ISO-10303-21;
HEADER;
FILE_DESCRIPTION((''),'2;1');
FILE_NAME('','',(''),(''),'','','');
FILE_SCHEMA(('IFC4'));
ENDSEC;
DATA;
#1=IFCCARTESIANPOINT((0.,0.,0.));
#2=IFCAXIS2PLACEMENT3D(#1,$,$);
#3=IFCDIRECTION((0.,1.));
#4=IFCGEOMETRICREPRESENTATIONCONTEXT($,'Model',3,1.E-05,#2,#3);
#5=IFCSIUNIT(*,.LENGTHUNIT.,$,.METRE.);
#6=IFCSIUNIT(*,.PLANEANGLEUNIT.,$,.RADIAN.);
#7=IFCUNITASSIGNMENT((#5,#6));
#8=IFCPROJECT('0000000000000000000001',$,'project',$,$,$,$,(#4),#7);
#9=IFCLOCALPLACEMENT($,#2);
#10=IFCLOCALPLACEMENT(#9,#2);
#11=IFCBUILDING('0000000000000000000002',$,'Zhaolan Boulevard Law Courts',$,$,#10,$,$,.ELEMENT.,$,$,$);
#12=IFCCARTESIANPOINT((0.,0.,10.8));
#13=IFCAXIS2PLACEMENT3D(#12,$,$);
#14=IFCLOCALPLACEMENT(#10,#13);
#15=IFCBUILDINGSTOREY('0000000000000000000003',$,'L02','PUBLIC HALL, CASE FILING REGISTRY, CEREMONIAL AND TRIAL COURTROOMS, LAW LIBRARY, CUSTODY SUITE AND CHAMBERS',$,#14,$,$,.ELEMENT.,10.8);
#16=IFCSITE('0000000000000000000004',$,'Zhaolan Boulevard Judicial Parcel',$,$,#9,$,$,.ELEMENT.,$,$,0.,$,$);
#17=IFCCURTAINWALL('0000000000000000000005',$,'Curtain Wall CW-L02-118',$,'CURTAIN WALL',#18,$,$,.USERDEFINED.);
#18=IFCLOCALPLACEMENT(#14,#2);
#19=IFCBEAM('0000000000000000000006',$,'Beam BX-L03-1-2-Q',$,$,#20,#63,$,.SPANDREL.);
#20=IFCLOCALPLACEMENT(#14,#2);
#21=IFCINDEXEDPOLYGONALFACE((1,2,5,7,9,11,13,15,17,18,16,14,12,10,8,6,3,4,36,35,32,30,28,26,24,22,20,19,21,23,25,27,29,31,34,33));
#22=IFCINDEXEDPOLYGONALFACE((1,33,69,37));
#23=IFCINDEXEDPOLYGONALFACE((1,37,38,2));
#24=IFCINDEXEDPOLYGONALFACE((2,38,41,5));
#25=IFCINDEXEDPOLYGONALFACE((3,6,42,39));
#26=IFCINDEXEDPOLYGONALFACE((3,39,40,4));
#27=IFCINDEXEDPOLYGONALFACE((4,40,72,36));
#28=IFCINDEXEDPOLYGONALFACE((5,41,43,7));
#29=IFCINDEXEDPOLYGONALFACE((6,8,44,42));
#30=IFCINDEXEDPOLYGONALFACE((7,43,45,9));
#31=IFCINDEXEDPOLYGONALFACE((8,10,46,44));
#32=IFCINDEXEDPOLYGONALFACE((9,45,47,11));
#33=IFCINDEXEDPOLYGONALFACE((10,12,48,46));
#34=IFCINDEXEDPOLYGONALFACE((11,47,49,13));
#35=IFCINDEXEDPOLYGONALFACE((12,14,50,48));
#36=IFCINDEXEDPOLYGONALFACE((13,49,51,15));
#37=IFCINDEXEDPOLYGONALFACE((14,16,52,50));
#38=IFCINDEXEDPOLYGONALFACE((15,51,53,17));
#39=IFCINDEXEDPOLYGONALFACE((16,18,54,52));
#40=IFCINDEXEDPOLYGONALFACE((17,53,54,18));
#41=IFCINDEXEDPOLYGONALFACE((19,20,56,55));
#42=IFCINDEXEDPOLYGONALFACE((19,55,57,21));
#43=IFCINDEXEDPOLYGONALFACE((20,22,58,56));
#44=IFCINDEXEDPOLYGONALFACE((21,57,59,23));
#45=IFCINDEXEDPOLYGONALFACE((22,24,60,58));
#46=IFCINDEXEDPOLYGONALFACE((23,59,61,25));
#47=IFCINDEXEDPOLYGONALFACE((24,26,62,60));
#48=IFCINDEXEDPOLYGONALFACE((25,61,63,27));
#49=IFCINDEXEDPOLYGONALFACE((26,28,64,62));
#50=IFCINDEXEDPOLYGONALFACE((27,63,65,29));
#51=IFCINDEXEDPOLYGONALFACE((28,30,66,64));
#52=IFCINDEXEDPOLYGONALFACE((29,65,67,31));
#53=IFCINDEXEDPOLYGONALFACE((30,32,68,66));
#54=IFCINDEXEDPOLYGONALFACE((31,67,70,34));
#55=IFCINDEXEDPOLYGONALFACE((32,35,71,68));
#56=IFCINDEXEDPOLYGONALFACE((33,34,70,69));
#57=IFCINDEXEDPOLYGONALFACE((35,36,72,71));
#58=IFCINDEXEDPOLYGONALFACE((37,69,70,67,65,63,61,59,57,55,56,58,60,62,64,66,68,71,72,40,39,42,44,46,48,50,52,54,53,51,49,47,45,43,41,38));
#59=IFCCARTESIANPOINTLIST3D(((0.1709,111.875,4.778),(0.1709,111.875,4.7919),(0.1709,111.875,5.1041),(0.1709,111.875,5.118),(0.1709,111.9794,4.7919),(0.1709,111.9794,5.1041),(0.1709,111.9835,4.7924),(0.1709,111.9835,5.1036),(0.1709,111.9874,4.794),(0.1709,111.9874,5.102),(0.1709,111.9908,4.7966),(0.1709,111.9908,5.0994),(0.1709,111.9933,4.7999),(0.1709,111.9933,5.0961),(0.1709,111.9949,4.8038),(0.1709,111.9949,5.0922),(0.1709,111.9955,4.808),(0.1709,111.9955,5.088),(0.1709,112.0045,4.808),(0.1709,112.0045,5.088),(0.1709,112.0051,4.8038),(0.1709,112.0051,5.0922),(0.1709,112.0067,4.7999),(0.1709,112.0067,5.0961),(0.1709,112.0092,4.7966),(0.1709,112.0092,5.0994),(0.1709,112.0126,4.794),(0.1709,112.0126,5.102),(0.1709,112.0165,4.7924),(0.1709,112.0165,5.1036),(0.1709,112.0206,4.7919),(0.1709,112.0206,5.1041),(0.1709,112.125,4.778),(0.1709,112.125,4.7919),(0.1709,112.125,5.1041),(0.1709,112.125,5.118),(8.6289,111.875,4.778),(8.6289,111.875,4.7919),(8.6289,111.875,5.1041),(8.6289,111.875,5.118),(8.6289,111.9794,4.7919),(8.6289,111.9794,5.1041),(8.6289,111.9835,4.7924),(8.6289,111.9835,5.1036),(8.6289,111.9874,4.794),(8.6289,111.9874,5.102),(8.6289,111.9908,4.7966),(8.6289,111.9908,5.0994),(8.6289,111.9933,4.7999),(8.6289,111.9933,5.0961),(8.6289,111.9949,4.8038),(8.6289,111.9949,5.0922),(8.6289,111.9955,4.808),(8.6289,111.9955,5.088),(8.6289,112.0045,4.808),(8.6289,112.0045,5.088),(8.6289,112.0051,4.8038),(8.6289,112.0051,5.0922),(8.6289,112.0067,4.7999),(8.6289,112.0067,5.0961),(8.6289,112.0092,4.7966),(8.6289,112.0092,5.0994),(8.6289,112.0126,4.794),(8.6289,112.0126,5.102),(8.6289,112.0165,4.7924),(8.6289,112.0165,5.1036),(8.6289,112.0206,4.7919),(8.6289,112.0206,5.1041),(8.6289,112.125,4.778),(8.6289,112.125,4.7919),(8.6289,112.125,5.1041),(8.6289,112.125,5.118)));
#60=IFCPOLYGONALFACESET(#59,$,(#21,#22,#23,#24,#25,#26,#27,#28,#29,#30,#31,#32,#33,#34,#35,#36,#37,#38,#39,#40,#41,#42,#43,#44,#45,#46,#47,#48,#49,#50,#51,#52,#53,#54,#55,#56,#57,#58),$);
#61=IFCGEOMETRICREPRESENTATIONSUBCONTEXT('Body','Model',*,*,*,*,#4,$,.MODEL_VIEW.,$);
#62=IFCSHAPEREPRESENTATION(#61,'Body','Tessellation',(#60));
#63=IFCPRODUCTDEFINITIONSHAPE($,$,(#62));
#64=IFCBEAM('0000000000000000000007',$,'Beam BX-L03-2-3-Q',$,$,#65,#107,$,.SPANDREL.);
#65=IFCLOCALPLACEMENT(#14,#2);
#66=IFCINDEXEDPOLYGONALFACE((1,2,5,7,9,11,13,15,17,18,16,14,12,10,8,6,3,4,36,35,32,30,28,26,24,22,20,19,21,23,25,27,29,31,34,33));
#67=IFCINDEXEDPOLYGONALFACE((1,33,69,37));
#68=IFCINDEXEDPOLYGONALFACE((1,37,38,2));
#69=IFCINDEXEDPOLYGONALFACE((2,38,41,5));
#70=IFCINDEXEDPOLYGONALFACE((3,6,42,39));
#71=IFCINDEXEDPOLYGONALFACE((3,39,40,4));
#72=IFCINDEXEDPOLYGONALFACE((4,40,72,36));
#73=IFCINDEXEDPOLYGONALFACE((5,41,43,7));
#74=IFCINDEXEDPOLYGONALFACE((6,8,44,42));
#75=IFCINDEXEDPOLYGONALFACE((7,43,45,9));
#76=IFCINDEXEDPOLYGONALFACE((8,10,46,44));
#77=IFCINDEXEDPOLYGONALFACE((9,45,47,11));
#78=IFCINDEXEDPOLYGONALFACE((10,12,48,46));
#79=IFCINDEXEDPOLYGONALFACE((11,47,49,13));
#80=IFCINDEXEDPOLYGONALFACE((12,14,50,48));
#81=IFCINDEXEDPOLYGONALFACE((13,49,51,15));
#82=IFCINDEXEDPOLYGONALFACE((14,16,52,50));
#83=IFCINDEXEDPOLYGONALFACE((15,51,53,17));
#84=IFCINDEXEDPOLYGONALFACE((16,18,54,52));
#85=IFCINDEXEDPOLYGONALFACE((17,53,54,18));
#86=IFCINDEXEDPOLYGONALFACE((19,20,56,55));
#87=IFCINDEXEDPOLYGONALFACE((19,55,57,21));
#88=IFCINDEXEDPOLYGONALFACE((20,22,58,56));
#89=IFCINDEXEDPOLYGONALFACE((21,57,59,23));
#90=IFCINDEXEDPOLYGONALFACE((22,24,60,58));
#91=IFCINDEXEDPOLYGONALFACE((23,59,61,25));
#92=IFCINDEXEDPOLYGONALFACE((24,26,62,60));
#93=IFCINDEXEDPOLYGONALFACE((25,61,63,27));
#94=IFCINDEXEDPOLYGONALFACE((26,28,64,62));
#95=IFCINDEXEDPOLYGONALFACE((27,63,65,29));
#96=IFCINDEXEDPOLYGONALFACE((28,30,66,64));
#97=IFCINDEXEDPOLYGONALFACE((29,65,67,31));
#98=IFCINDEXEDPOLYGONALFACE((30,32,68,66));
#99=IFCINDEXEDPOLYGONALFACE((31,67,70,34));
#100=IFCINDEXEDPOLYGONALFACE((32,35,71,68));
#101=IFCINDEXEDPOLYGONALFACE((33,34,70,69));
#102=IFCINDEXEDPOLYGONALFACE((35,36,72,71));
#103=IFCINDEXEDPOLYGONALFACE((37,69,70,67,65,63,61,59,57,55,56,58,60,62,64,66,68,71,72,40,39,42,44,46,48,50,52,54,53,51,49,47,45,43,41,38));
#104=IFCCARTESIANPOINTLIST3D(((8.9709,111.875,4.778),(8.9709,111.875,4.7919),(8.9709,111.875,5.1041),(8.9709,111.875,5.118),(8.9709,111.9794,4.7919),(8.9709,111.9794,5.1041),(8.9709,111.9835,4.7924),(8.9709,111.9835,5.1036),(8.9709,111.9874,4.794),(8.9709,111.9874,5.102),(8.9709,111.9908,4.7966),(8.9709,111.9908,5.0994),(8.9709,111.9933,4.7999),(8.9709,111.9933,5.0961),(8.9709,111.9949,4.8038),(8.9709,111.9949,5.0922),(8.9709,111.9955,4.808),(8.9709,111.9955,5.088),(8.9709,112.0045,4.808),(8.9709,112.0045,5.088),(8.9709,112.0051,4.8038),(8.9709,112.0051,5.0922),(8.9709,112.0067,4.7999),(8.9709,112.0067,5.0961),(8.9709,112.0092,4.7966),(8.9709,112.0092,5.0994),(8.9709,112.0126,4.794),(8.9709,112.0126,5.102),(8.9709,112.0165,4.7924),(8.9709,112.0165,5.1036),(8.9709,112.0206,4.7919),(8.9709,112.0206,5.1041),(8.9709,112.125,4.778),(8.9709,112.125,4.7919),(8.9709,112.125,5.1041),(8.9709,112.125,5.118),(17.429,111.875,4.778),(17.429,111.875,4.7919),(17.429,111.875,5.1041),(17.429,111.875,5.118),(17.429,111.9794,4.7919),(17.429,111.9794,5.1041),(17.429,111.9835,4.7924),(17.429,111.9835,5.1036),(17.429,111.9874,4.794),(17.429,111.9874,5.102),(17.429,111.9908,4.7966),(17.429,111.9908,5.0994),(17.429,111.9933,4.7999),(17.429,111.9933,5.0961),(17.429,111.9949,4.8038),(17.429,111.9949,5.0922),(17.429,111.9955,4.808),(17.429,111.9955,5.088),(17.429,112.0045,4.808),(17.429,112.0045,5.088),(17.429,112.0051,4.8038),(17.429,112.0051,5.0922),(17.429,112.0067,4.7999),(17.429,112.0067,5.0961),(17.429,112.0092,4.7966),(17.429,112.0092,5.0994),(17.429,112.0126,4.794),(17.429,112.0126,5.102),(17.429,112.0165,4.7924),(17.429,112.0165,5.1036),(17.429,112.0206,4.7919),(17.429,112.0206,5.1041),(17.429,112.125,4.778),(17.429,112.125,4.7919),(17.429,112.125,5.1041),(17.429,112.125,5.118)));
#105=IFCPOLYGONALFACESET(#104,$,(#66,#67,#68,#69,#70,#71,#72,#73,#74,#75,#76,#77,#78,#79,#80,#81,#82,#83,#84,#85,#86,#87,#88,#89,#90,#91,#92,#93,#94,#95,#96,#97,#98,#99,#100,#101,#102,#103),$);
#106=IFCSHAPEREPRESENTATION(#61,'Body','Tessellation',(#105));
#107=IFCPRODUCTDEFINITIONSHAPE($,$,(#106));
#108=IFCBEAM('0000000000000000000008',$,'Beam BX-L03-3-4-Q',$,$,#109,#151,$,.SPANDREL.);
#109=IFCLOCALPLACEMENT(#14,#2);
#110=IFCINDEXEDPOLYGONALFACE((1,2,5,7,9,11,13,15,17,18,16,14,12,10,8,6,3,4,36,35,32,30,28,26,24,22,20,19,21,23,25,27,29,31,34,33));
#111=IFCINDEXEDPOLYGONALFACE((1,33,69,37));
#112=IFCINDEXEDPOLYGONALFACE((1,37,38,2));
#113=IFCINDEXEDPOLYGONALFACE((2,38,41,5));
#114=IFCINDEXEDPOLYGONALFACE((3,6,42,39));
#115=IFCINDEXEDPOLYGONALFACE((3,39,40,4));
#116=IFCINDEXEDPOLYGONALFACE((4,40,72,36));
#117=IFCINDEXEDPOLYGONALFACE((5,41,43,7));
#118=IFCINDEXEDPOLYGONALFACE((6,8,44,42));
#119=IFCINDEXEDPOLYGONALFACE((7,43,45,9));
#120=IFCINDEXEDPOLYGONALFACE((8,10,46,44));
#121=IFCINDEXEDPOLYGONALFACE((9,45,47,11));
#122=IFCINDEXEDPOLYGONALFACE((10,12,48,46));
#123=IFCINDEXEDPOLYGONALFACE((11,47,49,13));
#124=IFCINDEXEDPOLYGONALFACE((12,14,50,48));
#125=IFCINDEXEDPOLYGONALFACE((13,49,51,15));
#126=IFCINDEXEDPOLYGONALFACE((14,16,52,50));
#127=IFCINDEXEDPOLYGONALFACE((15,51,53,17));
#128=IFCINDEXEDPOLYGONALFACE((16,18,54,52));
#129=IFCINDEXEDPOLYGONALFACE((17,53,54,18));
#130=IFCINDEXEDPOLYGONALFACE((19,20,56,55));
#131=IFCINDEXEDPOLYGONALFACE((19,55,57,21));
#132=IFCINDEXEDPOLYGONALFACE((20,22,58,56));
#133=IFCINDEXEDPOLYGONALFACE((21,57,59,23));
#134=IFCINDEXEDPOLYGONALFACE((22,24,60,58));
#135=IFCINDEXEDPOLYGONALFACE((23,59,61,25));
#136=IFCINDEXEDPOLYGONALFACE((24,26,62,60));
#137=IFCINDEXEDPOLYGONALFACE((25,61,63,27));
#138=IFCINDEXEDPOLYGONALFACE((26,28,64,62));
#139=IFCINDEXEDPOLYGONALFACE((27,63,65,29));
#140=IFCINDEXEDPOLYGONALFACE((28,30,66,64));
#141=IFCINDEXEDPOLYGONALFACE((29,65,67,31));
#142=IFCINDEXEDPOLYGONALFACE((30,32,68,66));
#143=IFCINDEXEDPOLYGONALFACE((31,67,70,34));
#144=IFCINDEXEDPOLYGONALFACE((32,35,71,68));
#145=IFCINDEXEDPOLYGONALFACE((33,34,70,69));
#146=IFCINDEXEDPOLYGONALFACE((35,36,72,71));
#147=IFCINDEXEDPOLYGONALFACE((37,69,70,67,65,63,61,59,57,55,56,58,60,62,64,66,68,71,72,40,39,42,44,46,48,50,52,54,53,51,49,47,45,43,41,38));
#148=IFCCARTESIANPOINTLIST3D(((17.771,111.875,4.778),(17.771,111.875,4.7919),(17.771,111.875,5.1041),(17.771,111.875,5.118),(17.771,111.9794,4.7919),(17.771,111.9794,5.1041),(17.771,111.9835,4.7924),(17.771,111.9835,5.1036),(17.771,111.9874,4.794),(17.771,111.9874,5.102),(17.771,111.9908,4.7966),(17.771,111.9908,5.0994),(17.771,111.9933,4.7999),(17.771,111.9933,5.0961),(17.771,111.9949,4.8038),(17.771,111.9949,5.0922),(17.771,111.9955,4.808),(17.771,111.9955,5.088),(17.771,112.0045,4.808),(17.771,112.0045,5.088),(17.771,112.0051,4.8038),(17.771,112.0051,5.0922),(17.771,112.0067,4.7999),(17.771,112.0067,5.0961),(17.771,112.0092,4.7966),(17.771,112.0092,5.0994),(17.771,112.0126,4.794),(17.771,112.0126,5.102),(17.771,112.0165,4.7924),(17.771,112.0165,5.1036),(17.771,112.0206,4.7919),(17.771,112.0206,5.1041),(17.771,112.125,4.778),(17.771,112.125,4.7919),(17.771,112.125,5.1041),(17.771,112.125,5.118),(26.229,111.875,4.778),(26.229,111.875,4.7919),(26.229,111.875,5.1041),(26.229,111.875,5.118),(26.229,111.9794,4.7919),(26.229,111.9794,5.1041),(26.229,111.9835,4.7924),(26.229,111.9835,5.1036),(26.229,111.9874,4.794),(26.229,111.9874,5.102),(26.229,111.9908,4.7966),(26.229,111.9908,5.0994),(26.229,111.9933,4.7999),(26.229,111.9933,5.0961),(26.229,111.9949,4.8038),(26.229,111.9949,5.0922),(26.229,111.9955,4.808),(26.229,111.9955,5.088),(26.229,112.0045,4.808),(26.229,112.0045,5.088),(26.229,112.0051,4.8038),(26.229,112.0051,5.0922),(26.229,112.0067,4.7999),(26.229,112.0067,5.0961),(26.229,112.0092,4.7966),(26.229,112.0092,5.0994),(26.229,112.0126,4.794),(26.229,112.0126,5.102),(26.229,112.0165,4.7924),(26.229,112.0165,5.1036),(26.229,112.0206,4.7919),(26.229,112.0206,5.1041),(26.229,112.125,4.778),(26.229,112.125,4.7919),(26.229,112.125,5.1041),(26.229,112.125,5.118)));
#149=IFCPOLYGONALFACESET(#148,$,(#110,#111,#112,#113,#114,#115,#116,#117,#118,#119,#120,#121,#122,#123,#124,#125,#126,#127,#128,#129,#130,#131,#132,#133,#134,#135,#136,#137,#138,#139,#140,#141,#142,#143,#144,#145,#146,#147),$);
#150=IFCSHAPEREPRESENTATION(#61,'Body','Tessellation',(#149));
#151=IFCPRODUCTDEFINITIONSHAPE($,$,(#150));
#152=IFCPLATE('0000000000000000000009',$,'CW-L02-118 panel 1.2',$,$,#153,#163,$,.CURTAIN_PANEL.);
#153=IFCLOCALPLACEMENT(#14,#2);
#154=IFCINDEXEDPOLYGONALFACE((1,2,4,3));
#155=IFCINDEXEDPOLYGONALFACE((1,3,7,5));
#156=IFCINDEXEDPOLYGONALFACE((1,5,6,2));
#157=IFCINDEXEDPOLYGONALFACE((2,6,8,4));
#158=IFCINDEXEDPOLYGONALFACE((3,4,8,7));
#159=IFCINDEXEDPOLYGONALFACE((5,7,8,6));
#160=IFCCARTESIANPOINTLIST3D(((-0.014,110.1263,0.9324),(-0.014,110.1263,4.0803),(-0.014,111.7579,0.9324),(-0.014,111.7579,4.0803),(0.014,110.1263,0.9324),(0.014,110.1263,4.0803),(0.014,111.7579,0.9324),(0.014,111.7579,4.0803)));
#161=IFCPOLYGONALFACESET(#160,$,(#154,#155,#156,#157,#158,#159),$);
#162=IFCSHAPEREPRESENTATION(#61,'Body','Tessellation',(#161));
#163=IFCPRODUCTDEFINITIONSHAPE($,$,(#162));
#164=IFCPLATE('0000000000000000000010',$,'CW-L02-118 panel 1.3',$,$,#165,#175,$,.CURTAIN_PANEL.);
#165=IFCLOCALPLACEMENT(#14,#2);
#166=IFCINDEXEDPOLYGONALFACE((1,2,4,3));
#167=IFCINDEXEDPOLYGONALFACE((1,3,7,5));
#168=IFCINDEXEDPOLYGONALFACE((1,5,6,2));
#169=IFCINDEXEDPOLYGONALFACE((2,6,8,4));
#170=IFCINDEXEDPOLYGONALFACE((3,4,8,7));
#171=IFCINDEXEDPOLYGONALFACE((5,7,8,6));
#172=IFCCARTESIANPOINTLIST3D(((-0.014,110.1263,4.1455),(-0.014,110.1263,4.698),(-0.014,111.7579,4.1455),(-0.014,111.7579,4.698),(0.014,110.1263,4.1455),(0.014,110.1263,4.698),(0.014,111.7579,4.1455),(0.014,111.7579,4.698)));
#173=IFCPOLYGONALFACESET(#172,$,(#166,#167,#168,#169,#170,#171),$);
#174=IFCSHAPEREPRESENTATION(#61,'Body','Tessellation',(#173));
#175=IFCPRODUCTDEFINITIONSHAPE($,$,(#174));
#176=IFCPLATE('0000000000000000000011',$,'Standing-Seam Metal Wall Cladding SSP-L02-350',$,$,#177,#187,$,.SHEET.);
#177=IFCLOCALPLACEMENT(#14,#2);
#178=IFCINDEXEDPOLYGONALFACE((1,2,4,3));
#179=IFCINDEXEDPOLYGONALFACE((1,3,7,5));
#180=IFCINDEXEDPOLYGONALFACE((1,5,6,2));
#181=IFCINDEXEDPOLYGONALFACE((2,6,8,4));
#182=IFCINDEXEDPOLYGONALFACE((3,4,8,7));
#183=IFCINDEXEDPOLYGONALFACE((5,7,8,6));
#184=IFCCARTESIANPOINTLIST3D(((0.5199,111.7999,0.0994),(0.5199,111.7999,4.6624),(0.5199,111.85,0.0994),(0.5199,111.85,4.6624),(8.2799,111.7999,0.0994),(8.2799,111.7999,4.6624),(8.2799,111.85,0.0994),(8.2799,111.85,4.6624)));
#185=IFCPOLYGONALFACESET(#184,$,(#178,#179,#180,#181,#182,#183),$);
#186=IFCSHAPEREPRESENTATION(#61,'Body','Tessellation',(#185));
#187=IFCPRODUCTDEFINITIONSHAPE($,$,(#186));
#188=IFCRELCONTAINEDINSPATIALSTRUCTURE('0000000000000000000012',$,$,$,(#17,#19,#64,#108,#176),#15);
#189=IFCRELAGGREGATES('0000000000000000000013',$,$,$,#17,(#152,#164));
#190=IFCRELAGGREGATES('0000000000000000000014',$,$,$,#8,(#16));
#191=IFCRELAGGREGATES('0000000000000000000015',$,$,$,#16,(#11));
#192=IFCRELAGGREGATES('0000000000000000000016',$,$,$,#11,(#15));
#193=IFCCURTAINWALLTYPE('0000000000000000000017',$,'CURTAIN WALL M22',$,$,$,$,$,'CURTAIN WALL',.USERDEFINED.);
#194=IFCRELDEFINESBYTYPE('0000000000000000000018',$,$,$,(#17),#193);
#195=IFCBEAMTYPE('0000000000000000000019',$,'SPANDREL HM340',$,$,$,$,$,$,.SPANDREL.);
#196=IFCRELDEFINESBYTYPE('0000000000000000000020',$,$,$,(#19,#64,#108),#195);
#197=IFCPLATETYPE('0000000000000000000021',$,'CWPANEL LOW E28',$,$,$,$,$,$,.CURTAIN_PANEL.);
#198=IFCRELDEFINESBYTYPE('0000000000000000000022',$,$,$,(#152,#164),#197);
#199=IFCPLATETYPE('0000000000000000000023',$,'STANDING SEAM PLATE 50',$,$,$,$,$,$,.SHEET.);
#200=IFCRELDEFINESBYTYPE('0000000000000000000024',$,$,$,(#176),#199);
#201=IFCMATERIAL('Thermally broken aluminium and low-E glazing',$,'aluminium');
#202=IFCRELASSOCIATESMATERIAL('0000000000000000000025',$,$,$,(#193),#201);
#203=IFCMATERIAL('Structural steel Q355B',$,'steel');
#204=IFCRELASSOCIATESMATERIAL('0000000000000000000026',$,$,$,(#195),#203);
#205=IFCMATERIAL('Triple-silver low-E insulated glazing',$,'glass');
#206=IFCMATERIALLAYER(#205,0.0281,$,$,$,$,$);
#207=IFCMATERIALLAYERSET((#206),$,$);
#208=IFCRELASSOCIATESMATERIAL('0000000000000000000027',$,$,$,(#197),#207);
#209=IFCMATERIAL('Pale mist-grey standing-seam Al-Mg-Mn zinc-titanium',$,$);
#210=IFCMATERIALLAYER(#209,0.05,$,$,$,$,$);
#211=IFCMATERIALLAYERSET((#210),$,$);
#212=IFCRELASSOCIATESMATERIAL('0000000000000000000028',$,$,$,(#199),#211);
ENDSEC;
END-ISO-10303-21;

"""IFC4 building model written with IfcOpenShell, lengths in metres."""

from ifc_helpers import new_model, si_unit, direction, frame, origin, origin_2d, place, context, subcontext, project, spatial, rectangle, i_section, extrude, material, layer, layer_set, material_profile, profile_set, type_object, element, aggregate, save


model = new_model("IFC4")

# Units and contexts
model_context = context("Model", 3, precision=1e-05, world=origin(), true_north=direction((0.0, 1.0)))
body_context = subcontext(model_context, "Body", "Model", "MODEL_VIEW")
ifc_project = project(units=[si_unit("LENGTHUNIT", "METRE"), si_unit("PLANEANGLEUNIT", "RADIAN")], contexts=[model_context])

# Site, building, storey
site_placement = place(None, origin())
site = spatial("IfcSite", under=ifc_project, at=site_placement, Name="Zhaolan Boulevard Judicial Parcel", CompositionType="ELEMENT", RefElevation=0.0)
building_placement = place(site_placement, origin())
building = spatial("IfcBuilding", under=site, at=building_placement, Name="Zhaolan Boulevard Law Courts", CompositionType="ELEMENT")
storey_placement = place(building_placement, frame((0.0, 0.0, 10.8)))
storey = spatial("IfcBuildingStorey", under=building, at=storey_placement, Name="L02", Description="PUBLIC HALL, CASE FILING REGISTRY, CEREMONIAL AND TRIAL COURTROOMS, LAW LIBRARY, CUSTODY SUITE AND CHAMBERS", CompositionType="ELEMENT", Elevation=10.8)

# Curtain wall
ifc_material_1 = material(Name="Thermally broken aluminium and low-E glazing", Category="aluminium")
curtain_wall_type = type_object("IfcCurtainWallType", Name="CURTAIN WALL M22", ElementType="CURTAIN WALL", PredefinedType="USERDEFINED", material=ifc_material_1)
curtain_wall_placement = place(storey_placement, origin())
curtain_wall = element("IfcCurtainWall", 1, at=curtain_wall_placement, inside=storey, type_object=curtain_wall_type, Name="Curtain Wall CW-L02-118", ObjectType="CURTAIN WALL", PredefinedType="USERDEFINED")

# Beams
ifc_material_2 = material(Name="Structural steel Q355B", Category="steel")
ifc_material_profile_1 = material_profile(ifc_material_2, i_section(OverallWidth=0.25, OverallDepth=0.3401, WebThickness=0.009, FlangeThickness=0.0139, FilletRadius=0.0161, at=origin_2d()), Name="HM340x250")
ifc_profile_set_1 = profile_set([ifc_material_profile_1], Name="Structural steel Q355B")
beam_type_1 = type_object("IfcBeamType", Name="SPANDREL HM340", PredefinedType="SPANDREL", material=ifc_profile_set_1)
for number, where, z_axis, x_axis, name in (
    (2, (0.1709, 112.0, 4.948), (1.0, 0.0, 0.0), (0.0, 1.0, 0.0), "Beam BX-L03-1-2-Q"),
    (3, (8.9709, 112.0, 4.948), (1.0, 0.0, 0.0), (0.0, 1.0, 0.0), "Beam BX-L03-2-3-Q"),
    (4, (17.771, 112.0, 4.948), (1.0, 0.0, 0.0), (0.0, 1.0, 0.0), "Beam BX-L03-3-4-Q"),
):
    element("IfcBeam", number, at=place(storey_placement, frame(where, z_axis=z_axis, x_axis=x_axis)), inside=storey, type_object=beam_type_1, Name=name, PredefinedType="SPANDREL", context=body_context, shape_type="SweptSolid", body=[
        extrude(i_section(OverallWidth=0.25, OverallDepth=0.3401, WebThickness=0.009, FlangeThickness=0.0139, FilletRadius=0.0161, at=origin_2d()), origin(), (0.0, 0.0, 1.0), 8.458),
    ])

# Plates
ifc_material_3 = material(Name="Triple-silver low-E insulated glazing", Category="glass")
ifc_layer_1 = layer(ifc_material_3, 0.0281)
ifc_layer_set_1 = layer_set([ifc_layer_1])
plate_type_1 = type_object("IfcPlateType", Name="CWPANEL LOW E28", PredefinedType="CURTAIN_PANEL", material=ifc_layer_set_1)
plate_1_placement = place(storey_placement, frame((0.0, 110.9421, 0.9324), z_axis=(0.0, 0.0, 1.0), x_axis=(0.0, -1.0, 0.0)))
plate_1 = element("IfcPlate", 5, at=plate_1_placement, type_object=plate_type_1, Name="CW-L02-118 panel 1.2", PredefinedType="CURTAIN_PANEL", context=body_context, shape_type="SweptSolid", body=[
    extrude(rectangle(XDim=1.6316, YDim=0.0281, at=origin_2d()), origin(), (0.0, 0.0, 1.0), 3.1479),
])
plate_2_placement = place(storey_placement, frame((0.0, 110.9421, 4.1455), z_axis=(0.0, 0.0, 1.0), x_axis=(0.0, -1.0, 0.0)))
plate_2 = element("IfcPlate", 6, at=plate_2_placement, type_object=plate_type_1, Name="CW-L02-118 panel 1.3", PredefinedType="CURTAIN_PANEL", context=body_context, shape_type="SweptSolid", body=[
    extrude(rectangle(XDim=1.6316, YDim=0.0281, at=origin_2d()), origin(), (0.0, 0.0, 1.0), 0.5525),
])
aggregate(curtain_wall, [plate_1, plate_2])
ifc_material_4 = material(Name="Pale mist-grey standing-seam Al-Mg-Mn zinc-titanium")
ifc_layer_2 = layer(ifc_material_4, 0.05)
ifc_layer_set_2 = layer_set([ifc_layer_2])
plate_type_2 = type_object("IfcPlateType", Name="STANDING SEAM PLATE 50", PredefinedType="SHEET", material=ifc_layer_set_2)
plate_3_placement = place(storey_placement, frame((4.3999, 111.825, 0.0994), z_axis=(0.0, 0.0, 1.0), x_axis=(-1.0, 0.0, 0.0)))
element("IfcPlate", 7, at=plate_3_placement, inside=storey, type_object=plate_type_2, Name="Standing-Seam Metal Wall Cladding SSP-L02-350", PredefinedType="SHEET", context=body_context, shape_type="SweptSolid", body=[
    extrude(rectangle(XDim=7.76, YDim=0.05, at=origin_2d()), origin(), (0.0, 0.0, 1.0), 4.563),
])

save(model, "model.ifc")
